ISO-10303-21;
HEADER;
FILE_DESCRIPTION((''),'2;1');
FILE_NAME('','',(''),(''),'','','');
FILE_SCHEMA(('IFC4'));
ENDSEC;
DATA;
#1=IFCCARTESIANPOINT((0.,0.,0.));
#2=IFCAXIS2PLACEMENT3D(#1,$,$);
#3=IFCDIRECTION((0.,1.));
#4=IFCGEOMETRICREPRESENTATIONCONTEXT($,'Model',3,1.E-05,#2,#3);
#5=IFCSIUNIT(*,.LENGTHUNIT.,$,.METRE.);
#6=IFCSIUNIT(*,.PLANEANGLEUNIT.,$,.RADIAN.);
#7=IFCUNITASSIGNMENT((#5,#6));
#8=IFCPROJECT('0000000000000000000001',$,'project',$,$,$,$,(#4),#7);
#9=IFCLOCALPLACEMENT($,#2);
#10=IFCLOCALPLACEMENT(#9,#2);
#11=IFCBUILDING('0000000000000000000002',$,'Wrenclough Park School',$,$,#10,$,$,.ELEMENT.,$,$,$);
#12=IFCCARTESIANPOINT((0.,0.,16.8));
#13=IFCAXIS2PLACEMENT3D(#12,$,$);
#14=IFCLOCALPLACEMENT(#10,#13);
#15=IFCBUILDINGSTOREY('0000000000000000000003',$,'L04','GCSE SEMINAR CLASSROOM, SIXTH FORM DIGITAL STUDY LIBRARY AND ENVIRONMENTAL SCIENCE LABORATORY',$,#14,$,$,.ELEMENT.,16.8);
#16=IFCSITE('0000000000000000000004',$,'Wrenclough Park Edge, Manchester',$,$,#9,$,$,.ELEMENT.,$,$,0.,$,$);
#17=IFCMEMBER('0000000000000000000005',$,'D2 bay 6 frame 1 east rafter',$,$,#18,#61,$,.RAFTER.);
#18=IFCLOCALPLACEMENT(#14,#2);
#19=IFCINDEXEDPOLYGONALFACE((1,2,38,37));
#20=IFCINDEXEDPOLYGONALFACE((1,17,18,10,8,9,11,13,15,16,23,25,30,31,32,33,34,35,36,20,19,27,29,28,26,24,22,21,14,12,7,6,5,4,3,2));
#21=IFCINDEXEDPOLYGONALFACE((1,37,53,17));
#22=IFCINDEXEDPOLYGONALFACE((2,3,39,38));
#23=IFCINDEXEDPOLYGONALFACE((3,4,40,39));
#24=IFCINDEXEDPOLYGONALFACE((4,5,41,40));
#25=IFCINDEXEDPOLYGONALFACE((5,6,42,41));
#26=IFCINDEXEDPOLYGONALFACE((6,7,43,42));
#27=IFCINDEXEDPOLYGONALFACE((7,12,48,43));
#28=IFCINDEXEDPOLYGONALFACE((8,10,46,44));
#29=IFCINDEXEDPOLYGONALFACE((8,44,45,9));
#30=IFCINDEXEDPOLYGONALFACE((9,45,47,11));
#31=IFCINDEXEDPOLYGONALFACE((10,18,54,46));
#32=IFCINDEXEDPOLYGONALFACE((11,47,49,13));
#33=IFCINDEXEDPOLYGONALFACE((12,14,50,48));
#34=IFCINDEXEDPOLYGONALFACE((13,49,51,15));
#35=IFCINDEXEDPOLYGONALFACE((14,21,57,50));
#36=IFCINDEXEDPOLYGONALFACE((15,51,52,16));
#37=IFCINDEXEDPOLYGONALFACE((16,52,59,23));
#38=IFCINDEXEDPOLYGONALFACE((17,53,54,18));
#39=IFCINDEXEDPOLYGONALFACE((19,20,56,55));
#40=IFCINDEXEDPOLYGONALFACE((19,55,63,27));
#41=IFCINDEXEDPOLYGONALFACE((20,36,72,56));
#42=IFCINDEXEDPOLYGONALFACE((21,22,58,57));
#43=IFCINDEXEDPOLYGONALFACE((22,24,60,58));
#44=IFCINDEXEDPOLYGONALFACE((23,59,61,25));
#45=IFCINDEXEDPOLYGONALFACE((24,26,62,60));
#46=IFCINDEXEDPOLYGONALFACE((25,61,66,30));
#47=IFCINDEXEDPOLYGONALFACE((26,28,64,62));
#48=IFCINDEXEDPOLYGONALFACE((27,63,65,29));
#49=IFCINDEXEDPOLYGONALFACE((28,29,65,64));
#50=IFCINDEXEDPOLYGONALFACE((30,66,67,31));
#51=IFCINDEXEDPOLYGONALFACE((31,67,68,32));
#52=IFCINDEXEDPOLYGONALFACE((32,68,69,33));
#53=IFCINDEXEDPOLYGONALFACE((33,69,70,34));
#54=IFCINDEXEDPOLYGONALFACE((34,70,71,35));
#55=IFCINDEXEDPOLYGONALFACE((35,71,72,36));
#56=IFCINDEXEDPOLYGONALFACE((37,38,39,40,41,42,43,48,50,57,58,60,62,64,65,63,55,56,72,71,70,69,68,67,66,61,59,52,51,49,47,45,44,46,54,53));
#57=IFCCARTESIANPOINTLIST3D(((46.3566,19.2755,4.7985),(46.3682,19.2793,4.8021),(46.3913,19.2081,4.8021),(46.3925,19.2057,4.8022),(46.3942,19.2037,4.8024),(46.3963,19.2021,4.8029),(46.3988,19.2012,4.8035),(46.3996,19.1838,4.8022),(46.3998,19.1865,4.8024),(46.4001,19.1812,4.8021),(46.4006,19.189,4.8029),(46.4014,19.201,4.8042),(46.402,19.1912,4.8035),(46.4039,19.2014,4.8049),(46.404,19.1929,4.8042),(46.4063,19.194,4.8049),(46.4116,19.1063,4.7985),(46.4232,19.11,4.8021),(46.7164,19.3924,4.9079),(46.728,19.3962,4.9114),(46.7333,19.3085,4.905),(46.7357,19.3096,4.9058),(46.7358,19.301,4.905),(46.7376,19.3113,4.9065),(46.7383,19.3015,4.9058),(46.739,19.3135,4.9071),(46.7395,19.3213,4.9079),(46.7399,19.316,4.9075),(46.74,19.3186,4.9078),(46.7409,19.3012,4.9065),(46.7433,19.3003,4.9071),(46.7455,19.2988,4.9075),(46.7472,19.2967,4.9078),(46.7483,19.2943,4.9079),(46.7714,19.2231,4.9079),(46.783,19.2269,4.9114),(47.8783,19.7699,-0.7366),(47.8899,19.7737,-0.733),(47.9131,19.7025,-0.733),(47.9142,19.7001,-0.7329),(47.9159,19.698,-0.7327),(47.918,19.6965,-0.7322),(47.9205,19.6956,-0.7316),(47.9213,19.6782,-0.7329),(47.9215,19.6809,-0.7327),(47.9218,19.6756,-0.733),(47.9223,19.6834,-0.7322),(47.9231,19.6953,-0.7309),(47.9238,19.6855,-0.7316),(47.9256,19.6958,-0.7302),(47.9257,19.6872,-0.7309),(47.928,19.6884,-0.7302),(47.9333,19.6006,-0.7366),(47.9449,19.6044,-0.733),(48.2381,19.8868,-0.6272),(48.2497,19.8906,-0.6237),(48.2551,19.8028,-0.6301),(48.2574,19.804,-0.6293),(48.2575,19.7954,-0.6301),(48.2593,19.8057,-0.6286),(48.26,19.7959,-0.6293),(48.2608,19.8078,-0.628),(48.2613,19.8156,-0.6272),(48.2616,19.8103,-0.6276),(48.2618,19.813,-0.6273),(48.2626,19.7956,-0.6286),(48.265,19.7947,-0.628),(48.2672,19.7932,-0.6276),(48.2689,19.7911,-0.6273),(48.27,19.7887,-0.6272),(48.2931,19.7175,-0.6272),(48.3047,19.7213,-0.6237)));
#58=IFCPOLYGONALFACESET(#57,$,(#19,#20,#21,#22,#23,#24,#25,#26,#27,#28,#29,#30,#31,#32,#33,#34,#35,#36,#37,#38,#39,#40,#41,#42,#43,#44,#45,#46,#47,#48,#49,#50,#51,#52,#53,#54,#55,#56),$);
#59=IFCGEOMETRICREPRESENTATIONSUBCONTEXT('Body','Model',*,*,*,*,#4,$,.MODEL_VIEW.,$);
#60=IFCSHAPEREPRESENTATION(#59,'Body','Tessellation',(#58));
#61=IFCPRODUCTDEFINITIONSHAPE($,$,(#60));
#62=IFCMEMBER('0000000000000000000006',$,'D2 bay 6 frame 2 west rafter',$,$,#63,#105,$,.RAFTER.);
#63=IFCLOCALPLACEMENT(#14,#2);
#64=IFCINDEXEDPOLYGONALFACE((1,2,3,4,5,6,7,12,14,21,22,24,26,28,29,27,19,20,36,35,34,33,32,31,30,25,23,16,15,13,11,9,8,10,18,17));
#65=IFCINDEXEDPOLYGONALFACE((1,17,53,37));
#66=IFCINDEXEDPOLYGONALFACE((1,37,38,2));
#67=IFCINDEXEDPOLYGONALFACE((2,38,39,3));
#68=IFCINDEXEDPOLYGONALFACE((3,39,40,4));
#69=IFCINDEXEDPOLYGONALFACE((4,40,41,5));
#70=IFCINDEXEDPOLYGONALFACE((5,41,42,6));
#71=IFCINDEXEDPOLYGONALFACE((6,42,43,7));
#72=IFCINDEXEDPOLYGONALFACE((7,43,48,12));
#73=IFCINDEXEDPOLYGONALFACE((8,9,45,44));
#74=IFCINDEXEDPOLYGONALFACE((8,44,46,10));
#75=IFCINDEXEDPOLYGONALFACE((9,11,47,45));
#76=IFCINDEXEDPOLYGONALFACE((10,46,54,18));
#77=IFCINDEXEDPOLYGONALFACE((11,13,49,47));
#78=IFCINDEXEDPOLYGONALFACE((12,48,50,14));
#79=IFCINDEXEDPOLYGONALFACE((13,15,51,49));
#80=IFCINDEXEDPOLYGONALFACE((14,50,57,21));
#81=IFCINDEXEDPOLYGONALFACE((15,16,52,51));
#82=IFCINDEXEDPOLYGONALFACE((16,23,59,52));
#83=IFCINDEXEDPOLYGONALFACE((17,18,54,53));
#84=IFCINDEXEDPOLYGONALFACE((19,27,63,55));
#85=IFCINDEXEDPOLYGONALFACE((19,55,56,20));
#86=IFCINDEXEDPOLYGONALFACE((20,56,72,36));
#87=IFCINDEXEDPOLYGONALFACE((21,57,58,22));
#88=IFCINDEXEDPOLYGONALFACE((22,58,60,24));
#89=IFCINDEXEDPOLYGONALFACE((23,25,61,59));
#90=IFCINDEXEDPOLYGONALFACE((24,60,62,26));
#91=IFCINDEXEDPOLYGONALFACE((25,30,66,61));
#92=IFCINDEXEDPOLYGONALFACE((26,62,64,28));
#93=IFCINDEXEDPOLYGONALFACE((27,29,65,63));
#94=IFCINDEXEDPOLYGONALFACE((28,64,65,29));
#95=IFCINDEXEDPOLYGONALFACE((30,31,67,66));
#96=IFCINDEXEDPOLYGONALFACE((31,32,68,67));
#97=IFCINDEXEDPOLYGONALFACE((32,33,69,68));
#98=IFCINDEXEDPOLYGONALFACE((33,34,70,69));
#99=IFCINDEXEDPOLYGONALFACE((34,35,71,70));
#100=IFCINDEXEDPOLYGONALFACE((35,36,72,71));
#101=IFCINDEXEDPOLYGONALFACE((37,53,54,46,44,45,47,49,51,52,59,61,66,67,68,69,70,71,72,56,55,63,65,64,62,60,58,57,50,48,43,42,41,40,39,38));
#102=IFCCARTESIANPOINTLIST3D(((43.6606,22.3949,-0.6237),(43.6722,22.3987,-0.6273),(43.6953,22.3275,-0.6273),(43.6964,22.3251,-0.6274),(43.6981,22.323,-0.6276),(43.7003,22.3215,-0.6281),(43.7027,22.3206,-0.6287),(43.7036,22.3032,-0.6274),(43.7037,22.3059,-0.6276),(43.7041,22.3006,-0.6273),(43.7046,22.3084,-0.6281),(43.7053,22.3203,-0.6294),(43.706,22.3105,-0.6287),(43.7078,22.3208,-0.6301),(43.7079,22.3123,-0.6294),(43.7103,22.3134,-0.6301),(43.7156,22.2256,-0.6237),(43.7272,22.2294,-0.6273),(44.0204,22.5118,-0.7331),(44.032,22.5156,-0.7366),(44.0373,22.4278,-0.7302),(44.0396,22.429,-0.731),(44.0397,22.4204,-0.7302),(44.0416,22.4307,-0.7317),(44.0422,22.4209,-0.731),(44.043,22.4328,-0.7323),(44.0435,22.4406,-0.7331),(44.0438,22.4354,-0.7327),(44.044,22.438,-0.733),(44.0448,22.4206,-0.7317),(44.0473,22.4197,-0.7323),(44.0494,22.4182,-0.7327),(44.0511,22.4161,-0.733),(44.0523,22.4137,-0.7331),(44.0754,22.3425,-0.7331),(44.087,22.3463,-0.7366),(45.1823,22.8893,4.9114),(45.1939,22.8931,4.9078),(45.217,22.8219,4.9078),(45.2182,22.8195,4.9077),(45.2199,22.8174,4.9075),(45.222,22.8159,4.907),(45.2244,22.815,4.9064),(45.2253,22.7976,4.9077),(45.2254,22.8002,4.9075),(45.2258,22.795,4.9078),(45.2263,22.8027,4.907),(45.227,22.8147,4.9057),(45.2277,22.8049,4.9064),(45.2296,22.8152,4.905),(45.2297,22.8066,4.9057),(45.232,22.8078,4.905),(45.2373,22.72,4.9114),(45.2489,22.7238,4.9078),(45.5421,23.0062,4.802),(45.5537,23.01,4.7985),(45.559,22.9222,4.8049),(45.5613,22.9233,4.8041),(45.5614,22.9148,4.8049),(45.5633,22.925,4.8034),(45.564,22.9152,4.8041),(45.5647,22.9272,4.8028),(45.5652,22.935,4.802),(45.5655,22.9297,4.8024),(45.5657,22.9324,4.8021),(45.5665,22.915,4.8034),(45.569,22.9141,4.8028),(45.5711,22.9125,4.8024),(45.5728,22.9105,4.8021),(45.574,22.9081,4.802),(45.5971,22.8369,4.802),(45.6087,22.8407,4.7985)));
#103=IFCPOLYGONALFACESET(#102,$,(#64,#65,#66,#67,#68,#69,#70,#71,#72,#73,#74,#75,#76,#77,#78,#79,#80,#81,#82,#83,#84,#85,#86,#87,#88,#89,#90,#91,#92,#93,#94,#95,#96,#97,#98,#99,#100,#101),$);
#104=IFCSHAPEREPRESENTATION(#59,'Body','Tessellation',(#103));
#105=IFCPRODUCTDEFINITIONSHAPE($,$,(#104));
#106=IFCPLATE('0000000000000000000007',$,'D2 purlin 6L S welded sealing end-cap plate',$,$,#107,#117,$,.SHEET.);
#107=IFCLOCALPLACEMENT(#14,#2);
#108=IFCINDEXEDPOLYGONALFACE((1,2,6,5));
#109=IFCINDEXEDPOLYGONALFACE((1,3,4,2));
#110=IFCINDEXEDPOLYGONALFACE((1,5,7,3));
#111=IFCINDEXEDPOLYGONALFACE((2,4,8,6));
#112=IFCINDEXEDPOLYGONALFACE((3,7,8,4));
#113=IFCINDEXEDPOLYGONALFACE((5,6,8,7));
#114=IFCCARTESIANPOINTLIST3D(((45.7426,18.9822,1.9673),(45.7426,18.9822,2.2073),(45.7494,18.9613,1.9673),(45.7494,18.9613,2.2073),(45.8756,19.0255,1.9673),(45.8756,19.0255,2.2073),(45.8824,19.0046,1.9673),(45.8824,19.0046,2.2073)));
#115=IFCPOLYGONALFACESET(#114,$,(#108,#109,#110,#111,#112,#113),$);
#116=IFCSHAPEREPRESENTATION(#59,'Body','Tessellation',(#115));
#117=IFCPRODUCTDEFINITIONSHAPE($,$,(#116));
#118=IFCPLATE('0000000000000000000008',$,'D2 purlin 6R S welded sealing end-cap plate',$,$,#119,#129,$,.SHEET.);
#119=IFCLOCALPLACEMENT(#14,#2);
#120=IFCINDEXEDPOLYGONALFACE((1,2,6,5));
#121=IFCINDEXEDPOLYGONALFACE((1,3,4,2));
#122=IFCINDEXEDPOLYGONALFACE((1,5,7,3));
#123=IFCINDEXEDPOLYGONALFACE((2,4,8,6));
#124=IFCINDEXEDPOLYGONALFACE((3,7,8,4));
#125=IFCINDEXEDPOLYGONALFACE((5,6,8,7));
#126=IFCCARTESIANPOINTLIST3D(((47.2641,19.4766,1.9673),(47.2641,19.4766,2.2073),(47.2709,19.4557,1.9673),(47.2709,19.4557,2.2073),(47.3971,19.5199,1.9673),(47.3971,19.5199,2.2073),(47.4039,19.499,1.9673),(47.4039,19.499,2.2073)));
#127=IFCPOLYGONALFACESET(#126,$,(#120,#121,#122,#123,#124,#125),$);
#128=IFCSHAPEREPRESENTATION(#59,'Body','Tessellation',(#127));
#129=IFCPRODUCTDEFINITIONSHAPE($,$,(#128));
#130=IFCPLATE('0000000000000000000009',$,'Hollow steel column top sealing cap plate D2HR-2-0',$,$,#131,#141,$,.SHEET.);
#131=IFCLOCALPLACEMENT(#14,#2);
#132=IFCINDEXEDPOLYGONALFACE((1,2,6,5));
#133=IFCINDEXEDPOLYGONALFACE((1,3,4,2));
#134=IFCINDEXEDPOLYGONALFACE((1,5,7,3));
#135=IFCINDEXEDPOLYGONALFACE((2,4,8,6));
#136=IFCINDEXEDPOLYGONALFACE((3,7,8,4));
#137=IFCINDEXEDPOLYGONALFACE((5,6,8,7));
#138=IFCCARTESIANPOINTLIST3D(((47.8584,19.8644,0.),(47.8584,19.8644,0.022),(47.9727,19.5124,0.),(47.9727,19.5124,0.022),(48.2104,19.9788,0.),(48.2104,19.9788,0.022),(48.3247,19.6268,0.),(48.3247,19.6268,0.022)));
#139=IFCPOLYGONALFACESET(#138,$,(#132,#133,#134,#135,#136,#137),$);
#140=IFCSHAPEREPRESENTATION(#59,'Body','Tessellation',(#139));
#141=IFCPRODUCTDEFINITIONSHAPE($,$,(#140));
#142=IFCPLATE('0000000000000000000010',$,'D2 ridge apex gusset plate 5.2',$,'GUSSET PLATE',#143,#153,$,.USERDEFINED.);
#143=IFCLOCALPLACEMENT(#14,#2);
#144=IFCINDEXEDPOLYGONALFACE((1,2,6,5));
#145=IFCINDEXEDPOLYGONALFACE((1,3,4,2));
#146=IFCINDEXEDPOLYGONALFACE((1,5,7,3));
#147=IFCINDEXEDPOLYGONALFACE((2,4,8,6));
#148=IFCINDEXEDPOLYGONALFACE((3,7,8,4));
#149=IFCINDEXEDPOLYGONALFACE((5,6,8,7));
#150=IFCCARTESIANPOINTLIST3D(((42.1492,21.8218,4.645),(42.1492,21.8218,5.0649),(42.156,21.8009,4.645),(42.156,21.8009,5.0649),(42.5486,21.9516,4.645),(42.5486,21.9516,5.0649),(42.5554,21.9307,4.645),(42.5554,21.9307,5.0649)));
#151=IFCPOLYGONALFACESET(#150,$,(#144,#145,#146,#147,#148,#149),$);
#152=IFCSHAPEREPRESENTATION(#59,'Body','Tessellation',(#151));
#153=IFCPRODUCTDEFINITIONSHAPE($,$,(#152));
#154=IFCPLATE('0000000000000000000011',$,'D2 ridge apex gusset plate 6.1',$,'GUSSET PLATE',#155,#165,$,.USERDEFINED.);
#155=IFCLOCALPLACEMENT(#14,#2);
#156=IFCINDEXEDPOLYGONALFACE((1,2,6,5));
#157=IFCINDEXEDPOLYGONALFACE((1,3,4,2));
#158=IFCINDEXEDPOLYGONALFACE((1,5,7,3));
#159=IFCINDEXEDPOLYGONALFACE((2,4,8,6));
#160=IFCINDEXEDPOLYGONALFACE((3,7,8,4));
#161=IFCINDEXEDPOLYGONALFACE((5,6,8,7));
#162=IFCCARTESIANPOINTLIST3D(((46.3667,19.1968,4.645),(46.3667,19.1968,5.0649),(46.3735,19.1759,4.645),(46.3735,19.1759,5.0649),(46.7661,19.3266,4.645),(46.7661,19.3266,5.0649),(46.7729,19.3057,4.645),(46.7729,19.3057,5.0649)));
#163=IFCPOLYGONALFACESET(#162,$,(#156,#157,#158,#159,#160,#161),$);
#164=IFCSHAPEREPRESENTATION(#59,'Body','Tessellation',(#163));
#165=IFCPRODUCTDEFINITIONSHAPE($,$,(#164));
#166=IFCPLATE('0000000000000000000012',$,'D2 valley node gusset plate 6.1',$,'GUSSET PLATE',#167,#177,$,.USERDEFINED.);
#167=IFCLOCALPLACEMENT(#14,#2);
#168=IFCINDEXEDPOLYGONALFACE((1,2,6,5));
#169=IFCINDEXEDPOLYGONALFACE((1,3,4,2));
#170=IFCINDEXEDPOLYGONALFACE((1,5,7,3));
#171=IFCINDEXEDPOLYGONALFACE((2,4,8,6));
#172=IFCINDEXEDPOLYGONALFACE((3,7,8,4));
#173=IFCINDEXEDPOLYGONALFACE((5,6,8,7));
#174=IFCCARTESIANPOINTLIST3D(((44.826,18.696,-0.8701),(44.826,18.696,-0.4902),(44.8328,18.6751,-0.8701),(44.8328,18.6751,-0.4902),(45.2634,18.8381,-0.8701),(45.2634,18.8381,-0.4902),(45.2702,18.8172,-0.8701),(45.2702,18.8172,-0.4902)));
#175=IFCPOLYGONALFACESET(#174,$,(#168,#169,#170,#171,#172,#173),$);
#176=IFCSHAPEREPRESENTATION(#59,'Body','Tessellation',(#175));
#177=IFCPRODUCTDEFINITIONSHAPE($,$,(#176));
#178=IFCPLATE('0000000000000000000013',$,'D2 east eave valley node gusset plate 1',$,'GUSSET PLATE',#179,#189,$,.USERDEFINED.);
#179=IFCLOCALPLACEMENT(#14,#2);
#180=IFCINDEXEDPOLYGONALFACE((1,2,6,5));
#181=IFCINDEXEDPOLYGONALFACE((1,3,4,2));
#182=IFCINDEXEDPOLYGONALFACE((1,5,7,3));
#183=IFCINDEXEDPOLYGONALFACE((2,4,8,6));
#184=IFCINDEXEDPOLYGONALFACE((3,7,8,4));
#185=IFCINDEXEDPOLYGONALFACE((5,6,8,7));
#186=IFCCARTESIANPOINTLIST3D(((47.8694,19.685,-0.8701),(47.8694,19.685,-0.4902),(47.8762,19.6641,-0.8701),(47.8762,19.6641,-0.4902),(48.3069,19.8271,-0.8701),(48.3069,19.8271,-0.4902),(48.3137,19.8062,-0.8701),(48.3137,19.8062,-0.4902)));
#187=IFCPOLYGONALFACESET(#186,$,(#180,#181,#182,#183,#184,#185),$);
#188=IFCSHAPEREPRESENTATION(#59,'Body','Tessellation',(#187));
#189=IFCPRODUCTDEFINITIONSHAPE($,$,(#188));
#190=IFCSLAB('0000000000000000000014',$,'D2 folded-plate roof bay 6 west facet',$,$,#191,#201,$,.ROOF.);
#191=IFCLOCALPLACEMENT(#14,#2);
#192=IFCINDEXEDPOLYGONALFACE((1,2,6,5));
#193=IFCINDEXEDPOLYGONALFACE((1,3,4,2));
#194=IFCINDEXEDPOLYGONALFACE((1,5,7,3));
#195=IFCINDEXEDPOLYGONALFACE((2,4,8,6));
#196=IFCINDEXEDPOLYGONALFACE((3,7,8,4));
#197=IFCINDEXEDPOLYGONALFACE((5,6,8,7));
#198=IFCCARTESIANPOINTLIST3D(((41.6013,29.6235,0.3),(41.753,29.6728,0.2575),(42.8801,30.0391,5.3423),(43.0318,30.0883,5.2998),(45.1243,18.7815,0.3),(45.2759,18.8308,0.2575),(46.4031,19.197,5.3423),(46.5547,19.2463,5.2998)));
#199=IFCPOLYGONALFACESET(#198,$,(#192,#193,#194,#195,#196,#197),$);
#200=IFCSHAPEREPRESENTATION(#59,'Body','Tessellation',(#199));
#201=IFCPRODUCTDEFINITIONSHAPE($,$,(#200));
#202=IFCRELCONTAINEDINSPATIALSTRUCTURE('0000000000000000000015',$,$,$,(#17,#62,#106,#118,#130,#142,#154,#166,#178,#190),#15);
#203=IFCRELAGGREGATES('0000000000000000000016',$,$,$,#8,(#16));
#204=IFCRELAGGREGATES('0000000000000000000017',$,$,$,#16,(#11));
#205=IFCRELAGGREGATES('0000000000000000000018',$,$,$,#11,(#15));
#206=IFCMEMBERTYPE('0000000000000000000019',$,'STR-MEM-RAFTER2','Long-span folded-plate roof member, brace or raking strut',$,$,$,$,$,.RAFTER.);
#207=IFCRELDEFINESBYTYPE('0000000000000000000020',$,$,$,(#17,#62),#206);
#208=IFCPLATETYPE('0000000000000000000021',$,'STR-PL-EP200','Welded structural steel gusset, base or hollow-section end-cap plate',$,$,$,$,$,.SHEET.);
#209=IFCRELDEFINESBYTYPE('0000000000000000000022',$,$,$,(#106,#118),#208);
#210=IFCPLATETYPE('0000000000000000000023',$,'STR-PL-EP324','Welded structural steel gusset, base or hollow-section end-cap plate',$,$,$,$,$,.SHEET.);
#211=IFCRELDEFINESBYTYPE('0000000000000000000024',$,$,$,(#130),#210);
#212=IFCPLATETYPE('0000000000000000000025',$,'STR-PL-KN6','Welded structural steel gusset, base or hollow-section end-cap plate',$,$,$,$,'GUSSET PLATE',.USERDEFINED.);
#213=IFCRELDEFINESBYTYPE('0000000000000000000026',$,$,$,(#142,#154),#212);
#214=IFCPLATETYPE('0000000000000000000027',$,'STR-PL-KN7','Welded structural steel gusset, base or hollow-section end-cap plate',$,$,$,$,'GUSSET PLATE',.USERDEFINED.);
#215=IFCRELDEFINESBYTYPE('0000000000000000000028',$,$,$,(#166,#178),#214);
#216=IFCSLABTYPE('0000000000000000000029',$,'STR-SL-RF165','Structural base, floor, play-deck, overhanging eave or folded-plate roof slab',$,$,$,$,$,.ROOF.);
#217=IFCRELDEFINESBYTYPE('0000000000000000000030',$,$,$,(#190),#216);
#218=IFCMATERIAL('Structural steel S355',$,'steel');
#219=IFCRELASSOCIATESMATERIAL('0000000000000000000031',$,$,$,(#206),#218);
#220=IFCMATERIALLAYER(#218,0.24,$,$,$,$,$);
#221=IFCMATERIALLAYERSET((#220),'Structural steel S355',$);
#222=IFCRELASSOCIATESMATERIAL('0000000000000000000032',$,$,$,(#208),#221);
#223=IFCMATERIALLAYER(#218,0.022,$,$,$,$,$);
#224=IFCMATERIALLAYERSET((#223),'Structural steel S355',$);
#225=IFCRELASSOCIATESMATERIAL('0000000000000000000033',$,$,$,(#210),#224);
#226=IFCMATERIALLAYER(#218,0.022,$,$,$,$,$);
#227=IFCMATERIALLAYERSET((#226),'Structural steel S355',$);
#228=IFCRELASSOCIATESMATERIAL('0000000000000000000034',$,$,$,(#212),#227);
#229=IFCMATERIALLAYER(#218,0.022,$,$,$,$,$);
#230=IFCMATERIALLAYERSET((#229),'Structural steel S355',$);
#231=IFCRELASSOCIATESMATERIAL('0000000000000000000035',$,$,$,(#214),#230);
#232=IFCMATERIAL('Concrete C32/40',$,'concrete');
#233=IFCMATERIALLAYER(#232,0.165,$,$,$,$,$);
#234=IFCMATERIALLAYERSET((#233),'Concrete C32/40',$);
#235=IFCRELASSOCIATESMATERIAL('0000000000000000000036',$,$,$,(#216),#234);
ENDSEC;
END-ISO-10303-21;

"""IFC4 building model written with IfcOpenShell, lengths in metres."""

from ifc_helpers import new_model, si_unit, direction, frame, origin, origin_2d, place, context, subcontext, project, spatial, polyline, rectangle, i_section, outline, extrude, material, layer, layer_set, material_profile, profile_set, type_object, element, save


model = new_model("IFC4")

# Units and contexts
model_context = context("Model", 3, precision=1e-05, world=origin(), true_north=direction((0.0, 1.0)))
body_context = subcontext(model_context, "Body", "Model", "MODEL_VIEW")
ifc_project = project(units=[si_unit("LENGTHUNIT", "METRE"), si_unit("PLANEANGLEUNIT", "RADIAN")], contexts=[model_context])

# Site, building, storey
site_placement = place(None, origin())
site = spatial("IfcSite", under=ifc_project, at=site_placement, Name="Wrenclough Park Edge, Manchester", CompositionType="ELEMENT", RefElevation=0.0)
building_placement = place(site_placement, origin())
building = spatial("IfcBuilding", under=site, at=building_placement, Name="Wrenclough Park School", CompositionType="ELEMENT")
storey_placement = place(building_placement, frame((0.0, 0.0, 16.8)))
storey = spatial("IfcBuildingStorey", under=building, at=storey_placement, Name="L04", Description="GCSE SEMINAR CLASSROOM, SIXTH FORM DIGITAL STUDY LIBRARY AND ENVIRONMENTAL SCIENCE LABORATORY", CompositionType="ELEMENT", Elevation=16.8)

# Shared definitions
ifc_material_1 = material(Name="Structural steel S355", Category="steel")

# Members
ifc_material_profile_1 = material_profile(ifc_material_1, i_section(OverallWidth=0.178, OverallDepth=0.4065, WebThickness=0.0078, FlangeThickness=0.0127, FilletRadius=0.0103, at=origin_2d()), Name="UKB 406x178x60")
ifc_profile_set_1 = profile_set([ifc_material_profile_1], Name="Structural steel S355")
member_type_1 = type_object("IfcMemberType", Name="STR-MEM-RAFTER2", Description="Long-span folded-plate roof member, brace or raking strut", PredefinedType="RAFTER", material=ifc_profile_set_1)
for number, where, z_axis, x_axis, name in (
    (1, (46.5698, 19.2512, 4.855), (0.264108, 0.085804, -0.960669), (-0.308986, 0.951067, 0.0), "D2 bay 6 frame 1 east rafter"),
    (2, (43.8738, 22.3706, -0.6802), (0.264108, 0.085804, 0.960669), (-0.308986, 0.951067, 0.0), "D2 bay 6 frame 2 west rafter"),
):
    element("IfcMember", number, at=place(storey_placement, frame(where, z_axis=z_axis, x_axis=x_axis)), inside=storey, type_object=member_type_1, Name=name, PredefinedType="RAFTER", context=body_context, shape_type="SweptSolid", body=[
        extrude(i_section(OverallWidth=0.178, OverallDepth=0.4065, WebThickness=0.0078, FlangeThickness=0.0127, FilletRadius=0.0103, at=origin_2d()), origin(), (0.0, 0.0, 1.0), 5.7617),
    ])

# Plates
ifc_layer_1 = layer(ifc_material_1, 0.24)
ifc_layer_set_1 = layer_set([ifc_layer_1], Name="Structural steel S355")
plate_type_1 = type_object("IfcPlateType", Name="STR-PL-EP200", Description="Welded structural steel gusset, base or hollow-section end-cap plate", PredefinedType="SHEET", material=ifc_layer_set_1)
for number, where, z_axis, x_axis, name in (
    (3, (45.8125, 18.9934, 1.9673), (0.0, 0.0, 1.0), (-0.309017, 0.951057, 0.0), "D2 purlin 6L S welded sealing end-cap plate"),
    (4, (47.334, 19.4878, 1.9673), (0.0, 0.0, 1.0), (-0.309017, 0.951057, 0.0), "D2 purlin 6R S welded sealing end-cap plate"),
):
    element("IfcPlate", number, at=place(storey_placement, frame(where, z_axis=z_axis, x_axis=x_axis)), inside=storey, type_object=plate_type_1, Name=name, PredefinedType="SHEET", context=body_context, shape_type="SweptSolid", body=[
        extrude(rectangle(XDim=0.022, YDim=0.1399, at=origin_2d()), origin(), (0.0, 0.0, 1.0), 0.24),
    ])
ifc_layer_2 = layer(ifc_material_1, 0.022)
ifc_layer_set_2 = layer_set([ifc_layer_2], Name="Structural steel S355")
plate_type_2 = type_object("IfcPlateType", Name="STR-PL-EP324", Description="Welded structural steel gusset, base or hollow-section end-cap plate", PredefinedType="SHEET", material=ifc_layer_set_2)
plate_placement = place(storey_placement, frame((48.0916, 19.7456, 0.0), z_axis=(0.0, 0.0, 1.0), x_axis=(0.951057, 0.309017, 0.0)))
element("IfcPlate", 5, at=plate_placement, inside=storey, type_object=plate_type_2, Name="Hollow steel column top sealing cap plate D2HR-2-0", PredefinedType="SHEET", context=body_context, shape_type="SweptSolid", body=[
    extrude(rectangle(XDim=0.3701, YDim=0.3701, at=origin_2d()), origin(), (0.0, 0.0, 1.0), 0.022),
])
ifc_layer_3 = layer(ifc_material_1, 0.022)
ifc_layer_set_3 = layer_set([ifc_layer_3], Name="Structural steel S355")
plate_type_3 = type_object("IfcPlateType", Name="STR-PL-KN6", Description="Welded structural steel gusset, base or hollow-section end-cap plate", ElementType="GUSSET PLATE", PredefinedType="USERDEFINED", material=ifc_layer_set_3)
for number, where, z_axis, x_axis, name in (
    (6, (42.3523, 21.8762, 4.645), (0.0, 0.0, 1.0), (0.951057, 0.309017, 0.0), "D2 ridge apex gusset plate 5.2"),
    (7, (46.5698, 19.2512, 4.645), (0.0, 0.0, 1.0), (0.951057, 0.309017, 0.0), "D2 ridge apex gusset plate 6.1"),
):
    element("IfcPlate", number, at=place(storey_placement, frame(where, z_axis=z_axis, x_axis=x_axis)), inside=storey, type_object=plate_type_3, Name=name, ObjectType="GUSSET PLATE", PredefinedType="USERDEFINED", context=body_context, shape_type="SweptSolid", body=[
        extrude(rectangle(XDim=0.4199, YDim=0.022, at=origin_2d()), origin(), (0.0, 0.0, 1.0), 0.4199),
    ])
ifc_layer_4 = layer(ifc_material_1, 0.022)
ifc_layer_set_4 = layer_set([ifc_layer_4], Name="Structural steel S355")
plate_type_4 = type_object("IfcPlateType", Name="STR-PL-KN7", Description="Welded structural steel gusset, base or hollow-section end-cap plate", ElementType="GUSSET PLATE", PredefinedType="USERDEFINED", material=ifc_layer_set_4)
for number, where, z_axis, x_axis, name in (
    (8, (45.0481, 18.7566, -0.8701), (0.0, 0.0, 1.0), (0.951057, 0.309017, 0.0), "D2 valley node gusset plate 6.1"),
    (9, (48.0916, 19.7456, -0.8701), (0.0, 0.0, 1.0), (0.951057, 0.309017, 0.0), "D2 east eave valley node gusset plate 1"),
):
    element("IfcPlate", number, at=place(storey_placement, frame(where, z_axis=z_axis, x_axis=x_axis)), inside=storey, type_object=plate_type_4, Name=name, ObjectType="GUSSET PLATE", PredefinedType="USERDEFINED", context=body_context, shape_type="SweptSolid", body=[
        extrude(rectangle(XDim=0.46, YDim=0.022, at=origin_2d()), origin(), (0.0, 0.0, 1.0), 0.3799),
    ])

# Slab
ifc_material_2 = material(Name="Concrete C32/40", Category="concrete")
ifc_layer_5 = layer(ifc_material_2, 0.165)
ifc_layer_set_5 = layer_set([ifc_layer_5], Name="Concrete C32/40")
slab_type = type_object("IfcSlabType", Name="STR-SL-RF165", Description="Structural base, floor, play-deck, overhanging eave or folded-plate roof slab", PredefinedType="ROOF", material=ifc_layer_set_5)
slab_1_placement = place(storey_placement, frame((45.1243, 18.7815, 0.3), z_axis=(-0.918939, -0.298595, 0.257668), x_axis=(0.245056, 0.079627, 0.966234)))
element("IfcSlab", 10, at=slab_1_placement, inside=storey, type_object=slab_type, Name="D2 folded-plate roof bay 6 west facet", PredefinedType="ROOF", context=body_context, shape_type="SweptSolid", body=[
    extrude(outline(polyline([(0.0, 0.0), (5.2184, 0.0), (5.2184, 11.4), (0.0, 11.4), (0.0, 0.0)])), origin(), (0.0, 0.0, -1.0), 0.165),
])

save(model, "model.ifc")
